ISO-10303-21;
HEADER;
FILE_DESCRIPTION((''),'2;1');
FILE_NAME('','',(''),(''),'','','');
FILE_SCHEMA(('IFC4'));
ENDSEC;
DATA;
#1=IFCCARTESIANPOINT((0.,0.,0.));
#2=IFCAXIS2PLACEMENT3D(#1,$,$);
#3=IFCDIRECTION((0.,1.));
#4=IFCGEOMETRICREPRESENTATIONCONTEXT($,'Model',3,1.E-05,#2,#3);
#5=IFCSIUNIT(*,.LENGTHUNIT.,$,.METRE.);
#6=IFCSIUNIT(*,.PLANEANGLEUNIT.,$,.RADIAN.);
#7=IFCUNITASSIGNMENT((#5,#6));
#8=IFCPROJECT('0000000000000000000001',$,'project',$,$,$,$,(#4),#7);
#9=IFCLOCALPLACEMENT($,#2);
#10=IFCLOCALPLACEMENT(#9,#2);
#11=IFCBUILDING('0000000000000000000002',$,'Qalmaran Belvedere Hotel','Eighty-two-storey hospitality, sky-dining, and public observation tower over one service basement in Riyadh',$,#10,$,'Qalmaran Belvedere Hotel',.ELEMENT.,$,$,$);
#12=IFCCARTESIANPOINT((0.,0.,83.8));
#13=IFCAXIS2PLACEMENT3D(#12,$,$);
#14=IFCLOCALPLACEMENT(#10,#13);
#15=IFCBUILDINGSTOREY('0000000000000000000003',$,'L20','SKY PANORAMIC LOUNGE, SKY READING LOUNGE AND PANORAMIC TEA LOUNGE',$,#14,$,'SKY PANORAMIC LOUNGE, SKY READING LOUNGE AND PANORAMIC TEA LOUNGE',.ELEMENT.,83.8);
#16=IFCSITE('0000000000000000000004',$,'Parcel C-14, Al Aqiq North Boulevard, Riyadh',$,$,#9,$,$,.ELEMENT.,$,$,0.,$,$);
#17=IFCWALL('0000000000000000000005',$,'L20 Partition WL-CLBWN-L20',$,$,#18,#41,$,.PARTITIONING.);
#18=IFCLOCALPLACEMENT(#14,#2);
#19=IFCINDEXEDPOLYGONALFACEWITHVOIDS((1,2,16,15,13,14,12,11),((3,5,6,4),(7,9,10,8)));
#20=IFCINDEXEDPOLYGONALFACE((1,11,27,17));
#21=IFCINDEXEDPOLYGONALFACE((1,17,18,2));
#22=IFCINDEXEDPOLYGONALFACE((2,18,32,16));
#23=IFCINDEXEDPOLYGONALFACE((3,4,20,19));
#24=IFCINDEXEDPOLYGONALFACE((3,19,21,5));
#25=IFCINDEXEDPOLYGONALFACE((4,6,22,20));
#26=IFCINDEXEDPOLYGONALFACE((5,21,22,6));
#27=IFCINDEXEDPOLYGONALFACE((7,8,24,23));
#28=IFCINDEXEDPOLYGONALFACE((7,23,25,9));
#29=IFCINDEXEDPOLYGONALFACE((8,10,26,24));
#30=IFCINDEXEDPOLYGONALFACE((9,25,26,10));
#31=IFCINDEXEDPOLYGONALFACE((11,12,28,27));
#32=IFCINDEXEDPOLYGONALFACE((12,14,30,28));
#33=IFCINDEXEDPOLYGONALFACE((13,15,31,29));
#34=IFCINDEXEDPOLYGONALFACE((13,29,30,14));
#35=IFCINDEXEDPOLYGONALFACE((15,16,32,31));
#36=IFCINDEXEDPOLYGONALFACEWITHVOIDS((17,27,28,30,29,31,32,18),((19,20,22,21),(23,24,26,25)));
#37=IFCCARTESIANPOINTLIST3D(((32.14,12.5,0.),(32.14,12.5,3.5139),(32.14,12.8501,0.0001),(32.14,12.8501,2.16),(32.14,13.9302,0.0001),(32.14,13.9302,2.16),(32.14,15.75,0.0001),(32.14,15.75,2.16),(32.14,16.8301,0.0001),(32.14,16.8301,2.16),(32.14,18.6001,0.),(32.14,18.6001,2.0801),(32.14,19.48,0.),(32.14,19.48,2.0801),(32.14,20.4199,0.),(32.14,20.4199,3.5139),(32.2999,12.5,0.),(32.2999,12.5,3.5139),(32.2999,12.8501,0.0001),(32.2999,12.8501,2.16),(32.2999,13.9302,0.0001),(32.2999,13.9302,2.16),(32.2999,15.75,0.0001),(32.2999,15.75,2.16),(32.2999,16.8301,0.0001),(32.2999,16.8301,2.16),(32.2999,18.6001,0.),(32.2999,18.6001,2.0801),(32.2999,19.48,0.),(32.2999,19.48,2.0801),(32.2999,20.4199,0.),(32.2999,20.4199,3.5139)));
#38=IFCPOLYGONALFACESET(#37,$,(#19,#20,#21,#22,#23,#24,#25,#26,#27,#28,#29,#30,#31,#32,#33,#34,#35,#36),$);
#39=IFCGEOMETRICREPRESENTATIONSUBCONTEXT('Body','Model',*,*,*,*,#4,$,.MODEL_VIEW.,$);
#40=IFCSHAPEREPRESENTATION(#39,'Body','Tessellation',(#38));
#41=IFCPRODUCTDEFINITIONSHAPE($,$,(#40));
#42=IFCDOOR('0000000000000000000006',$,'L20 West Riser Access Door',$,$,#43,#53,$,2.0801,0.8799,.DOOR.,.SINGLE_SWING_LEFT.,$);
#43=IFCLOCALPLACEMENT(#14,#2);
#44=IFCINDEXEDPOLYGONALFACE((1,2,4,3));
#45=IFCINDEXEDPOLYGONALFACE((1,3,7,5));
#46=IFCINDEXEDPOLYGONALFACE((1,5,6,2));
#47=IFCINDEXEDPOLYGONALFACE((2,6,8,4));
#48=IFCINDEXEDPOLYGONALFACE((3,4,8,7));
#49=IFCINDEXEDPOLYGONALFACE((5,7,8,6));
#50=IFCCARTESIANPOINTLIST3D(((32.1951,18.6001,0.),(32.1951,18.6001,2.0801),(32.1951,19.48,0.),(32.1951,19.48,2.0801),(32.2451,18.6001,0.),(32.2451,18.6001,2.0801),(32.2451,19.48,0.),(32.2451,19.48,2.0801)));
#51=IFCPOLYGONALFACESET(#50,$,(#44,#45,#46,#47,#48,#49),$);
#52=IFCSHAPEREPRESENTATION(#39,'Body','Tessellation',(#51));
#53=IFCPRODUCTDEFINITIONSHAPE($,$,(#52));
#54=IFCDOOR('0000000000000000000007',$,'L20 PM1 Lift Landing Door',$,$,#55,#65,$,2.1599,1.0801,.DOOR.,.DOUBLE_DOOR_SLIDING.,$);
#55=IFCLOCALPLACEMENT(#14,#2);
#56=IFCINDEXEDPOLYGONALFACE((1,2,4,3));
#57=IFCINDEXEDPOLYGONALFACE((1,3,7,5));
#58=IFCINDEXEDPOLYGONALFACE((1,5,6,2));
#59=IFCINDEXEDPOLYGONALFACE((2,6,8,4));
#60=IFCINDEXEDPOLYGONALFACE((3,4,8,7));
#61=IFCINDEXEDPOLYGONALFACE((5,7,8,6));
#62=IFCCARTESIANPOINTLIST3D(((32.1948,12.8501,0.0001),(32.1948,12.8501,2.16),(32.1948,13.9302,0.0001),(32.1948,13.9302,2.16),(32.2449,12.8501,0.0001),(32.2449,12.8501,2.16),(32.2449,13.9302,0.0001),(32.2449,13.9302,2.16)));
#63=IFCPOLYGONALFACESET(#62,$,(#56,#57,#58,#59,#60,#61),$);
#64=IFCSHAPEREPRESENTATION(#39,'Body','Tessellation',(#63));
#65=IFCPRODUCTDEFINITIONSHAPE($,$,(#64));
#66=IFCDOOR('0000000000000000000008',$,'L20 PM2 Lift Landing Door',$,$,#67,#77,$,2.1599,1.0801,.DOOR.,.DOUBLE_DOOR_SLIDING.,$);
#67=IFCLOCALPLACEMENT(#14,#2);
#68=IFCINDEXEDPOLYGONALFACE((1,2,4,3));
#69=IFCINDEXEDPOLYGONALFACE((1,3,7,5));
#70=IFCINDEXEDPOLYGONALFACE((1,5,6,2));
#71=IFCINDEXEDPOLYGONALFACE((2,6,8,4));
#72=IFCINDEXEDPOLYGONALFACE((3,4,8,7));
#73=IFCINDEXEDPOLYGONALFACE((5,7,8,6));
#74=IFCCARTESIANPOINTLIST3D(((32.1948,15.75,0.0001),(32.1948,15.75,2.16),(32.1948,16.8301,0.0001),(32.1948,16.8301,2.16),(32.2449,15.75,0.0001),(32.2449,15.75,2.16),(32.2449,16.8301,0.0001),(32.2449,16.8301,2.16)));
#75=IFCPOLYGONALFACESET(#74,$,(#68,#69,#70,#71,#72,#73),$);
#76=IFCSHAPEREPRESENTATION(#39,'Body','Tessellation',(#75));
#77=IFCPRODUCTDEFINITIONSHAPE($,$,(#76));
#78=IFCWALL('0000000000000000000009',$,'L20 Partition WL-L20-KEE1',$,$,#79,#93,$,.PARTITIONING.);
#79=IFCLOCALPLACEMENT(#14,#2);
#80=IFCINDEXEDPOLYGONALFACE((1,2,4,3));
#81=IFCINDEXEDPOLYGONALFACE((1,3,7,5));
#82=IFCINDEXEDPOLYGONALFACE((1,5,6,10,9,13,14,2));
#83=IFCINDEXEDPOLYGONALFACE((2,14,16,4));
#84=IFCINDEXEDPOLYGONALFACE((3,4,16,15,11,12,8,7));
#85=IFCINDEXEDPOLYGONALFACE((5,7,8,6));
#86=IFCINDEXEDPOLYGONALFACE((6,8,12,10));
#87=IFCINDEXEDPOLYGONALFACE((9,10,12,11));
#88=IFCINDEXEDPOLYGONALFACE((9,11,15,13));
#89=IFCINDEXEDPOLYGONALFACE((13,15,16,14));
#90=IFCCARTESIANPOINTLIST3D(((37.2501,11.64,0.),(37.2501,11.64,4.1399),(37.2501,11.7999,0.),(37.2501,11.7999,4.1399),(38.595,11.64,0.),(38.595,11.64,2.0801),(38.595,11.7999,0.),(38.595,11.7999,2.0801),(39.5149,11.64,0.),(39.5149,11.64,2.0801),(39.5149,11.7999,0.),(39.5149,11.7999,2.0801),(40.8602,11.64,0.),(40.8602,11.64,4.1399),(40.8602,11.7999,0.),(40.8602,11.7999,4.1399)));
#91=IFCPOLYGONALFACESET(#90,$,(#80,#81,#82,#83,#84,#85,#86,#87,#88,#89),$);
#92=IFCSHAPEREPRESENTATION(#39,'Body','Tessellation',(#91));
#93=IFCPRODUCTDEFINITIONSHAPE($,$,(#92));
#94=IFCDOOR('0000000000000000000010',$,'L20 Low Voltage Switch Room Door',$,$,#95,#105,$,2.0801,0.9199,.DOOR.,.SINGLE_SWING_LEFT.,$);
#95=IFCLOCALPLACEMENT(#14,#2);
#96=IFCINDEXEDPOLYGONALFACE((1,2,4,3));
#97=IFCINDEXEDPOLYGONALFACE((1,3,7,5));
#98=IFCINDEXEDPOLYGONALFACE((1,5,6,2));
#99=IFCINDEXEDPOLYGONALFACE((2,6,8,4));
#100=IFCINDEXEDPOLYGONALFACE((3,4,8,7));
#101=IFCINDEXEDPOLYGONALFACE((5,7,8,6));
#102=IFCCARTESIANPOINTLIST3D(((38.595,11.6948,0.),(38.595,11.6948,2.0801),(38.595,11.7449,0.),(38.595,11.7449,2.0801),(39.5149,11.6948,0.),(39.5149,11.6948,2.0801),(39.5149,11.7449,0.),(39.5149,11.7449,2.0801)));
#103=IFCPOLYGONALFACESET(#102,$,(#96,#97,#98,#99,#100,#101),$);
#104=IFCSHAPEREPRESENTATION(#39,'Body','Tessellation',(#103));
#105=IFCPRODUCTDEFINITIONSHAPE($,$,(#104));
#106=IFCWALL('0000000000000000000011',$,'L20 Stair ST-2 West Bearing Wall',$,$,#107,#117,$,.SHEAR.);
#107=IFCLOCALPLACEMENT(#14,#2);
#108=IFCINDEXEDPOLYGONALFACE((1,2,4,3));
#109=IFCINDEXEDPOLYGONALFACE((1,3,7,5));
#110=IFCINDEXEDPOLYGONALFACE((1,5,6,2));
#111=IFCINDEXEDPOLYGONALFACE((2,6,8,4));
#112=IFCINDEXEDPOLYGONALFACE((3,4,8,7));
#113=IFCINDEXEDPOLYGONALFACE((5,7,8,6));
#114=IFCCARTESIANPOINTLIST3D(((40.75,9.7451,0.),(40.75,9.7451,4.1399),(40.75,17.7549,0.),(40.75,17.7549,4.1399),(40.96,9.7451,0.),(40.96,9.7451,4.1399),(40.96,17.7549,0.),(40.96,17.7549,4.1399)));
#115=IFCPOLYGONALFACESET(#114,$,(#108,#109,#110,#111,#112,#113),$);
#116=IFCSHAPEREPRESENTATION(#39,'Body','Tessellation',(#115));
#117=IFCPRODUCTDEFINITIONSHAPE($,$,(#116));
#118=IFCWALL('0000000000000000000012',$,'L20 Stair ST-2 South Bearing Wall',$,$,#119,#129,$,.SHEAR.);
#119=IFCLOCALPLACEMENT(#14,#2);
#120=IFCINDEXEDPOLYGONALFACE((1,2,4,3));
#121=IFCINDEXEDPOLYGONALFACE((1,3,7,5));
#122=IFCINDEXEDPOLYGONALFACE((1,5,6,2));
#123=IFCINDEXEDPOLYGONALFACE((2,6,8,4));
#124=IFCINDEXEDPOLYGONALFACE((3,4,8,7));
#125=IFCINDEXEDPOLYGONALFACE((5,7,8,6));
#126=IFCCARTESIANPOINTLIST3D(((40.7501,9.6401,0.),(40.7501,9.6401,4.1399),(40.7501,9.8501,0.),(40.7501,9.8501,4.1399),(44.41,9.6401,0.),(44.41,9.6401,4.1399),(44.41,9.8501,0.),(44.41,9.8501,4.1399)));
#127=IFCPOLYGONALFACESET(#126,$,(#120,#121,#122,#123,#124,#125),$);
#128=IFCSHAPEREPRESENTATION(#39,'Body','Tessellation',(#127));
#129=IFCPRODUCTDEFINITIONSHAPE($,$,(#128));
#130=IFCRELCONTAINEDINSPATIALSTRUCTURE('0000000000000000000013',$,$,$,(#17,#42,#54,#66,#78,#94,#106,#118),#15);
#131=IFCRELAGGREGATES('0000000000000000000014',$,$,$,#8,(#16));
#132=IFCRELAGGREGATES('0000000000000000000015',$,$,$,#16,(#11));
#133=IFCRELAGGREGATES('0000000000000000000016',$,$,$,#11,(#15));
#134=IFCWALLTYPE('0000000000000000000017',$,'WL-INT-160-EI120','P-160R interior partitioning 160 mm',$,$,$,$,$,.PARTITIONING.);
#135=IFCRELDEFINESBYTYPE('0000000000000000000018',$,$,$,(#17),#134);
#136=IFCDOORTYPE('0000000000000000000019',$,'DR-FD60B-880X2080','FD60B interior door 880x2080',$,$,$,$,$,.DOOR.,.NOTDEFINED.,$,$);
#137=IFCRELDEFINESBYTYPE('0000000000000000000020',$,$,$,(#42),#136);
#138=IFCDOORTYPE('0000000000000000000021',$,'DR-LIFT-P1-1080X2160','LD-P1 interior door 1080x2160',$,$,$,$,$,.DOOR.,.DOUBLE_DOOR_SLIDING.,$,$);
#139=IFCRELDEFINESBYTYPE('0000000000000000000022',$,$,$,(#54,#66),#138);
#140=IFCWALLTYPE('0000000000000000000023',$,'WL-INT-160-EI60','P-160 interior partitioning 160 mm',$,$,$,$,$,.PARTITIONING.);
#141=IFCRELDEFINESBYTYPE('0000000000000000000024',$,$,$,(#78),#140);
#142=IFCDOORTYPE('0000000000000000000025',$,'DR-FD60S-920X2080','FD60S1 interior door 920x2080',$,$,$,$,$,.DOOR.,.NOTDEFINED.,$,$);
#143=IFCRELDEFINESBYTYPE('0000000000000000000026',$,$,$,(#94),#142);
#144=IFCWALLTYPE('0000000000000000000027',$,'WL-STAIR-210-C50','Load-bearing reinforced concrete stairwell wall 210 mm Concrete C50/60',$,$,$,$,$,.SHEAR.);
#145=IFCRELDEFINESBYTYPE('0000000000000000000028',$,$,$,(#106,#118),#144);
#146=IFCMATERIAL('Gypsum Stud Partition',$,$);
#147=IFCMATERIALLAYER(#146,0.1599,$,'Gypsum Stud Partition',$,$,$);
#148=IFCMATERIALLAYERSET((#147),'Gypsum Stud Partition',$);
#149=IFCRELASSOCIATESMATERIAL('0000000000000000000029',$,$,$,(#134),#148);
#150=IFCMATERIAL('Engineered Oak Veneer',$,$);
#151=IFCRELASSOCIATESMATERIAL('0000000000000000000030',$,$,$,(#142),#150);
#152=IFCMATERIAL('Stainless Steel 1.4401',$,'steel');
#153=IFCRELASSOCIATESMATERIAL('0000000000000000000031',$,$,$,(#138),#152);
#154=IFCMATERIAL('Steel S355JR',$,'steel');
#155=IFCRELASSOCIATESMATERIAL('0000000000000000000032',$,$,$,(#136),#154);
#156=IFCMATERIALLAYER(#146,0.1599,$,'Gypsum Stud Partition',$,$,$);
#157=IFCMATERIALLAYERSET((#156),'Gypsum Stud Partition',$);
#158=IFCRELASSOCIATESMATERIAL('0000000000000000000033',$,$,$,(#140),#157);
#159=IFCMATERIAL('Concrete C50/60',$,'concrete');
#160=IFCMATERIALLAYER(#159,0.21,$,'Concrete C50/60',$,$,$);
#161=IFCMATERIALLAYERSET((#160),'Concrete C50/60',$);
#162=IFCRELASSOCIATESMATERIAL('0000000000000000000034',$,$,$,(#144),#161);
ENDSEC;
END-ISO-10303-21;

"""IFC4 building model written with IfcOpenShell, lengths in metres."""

from ifc_helpers import new_model, si_unit, direction, frame, frame_2d, origin, place, context, subcontext, project, spatial, rectangle, extrude, material, layer, layer_set, type_object, element, fill, save


model = new_model("IFC4")

# Units and contexts
model_context = context("Model", 3, precision=1e-05, world=origin(), true_north=direction((0.0, 1.0)))
body_context = subcontext(model_context, "Body", "Model", "MODEL_VIEW")
ifc_project = project(units=[si_unit("LENGTHUNIT", "METRE"), si_unit("PLANEANGLEUNIT", "RADIAN")], contexts=[model_context])

# Site, building, storey
site_placement = place(None, origin())
site = spatial("IfcSite", under=ifc_project, at=site_placement, Name="Parcel C-14, Al Aqiq North Boulevard, Riyadh", CompositionType="ELEMENT", RefElevation=0.0)
building_placement = place(site_placement, origin())
building = spatial("IfcBuilding", under=site, at=building_placement, Name="Qalmaran Belvedere Hotel", Description="Eighty-two-storey hospitality, sky-dining, and public observation tower over one service basement in Riyadh", LongName="Qalmaran Belvedere Hotel", CompositionType="ELEMENT")
storey_placement = place(building_placement, frame((0.0, 0.0, 83.8)))
storey = spatial("IfcBuildingStorey", under=building, at=storey_placement, Name="L20", Description="SKY PANORAMIC LOUNGE, SKY READING LOUNGE AND PANORAMIC TEA LOUNGE", LongName="SKY PANORAMIC LOUNGE, SKY READING LOUNGE AND PANORAMIC TEA LOUNGE", CompositionType="ELEMENT", Elevation=83.8)

# Shared definitions
ifc_material_1 = material(Name="Steel S355JR", Category="steel")

# Shared definitions
ifc_material_2 = material(Name="Gypsum Stud Partition")
ifc_layer_1 = layer(ifc_material_2, 0.1599, Name="Gypsum Stud Partition")
ifc_layer_set_1 = layer_set([ifc_layer_1], Name="Gypsum Stud Partition")
wall_type_1 = type_object("IfcWallType", Name="WL-INT-160-EI120", Description="P-160R interior partitioning 160 mm", PredefinedType="PARTITIONING", material=ifc_layer_set_1)

# Shared definitions
ifc_material_3 = material(Name="Engineered Oak Veneer")
door_type_1 = type_object("IfcDoorType", Name="DR-FD60S-920X2080", Description="FD60S1 interior door 920x2080", OperationType="NOTDEFINED", PredefinedType="DOOR", material=ifc_material_3)

# Wall, openings, doors
ifc_material_4 = material(Name="Stainless Steel 1.4401", Category="steel")
door_type_2 = type_object("IfcDoorType", Name="DR-LIFT-P1-1080X2160", Description="LD-P1 interior door 1080x2160", OperationType="DOUBLE_DOOR_SLIDING", PredefinedType="DOOR", material=ifc_material_4)
wall_1_placement = place(storey_placement, frame((32.22, 12.5, 0.0), z_axis=(0.0, 0.0, 1.0), x_axis=(0.0, 1.0, 0.0)))
wall_1 = element("IfcWall", 1, at=wall_1_placement, inside=storey, type_object=wall_type_1, Name="L20 Partition WL-CLBWN-L20", PredefinedType="PARTITIONING", context=body_context, shape_type="SweptSolid", body=[
    extrude(rectangle(XDim=7.9199, YDim=0.1599, at=frame_2d((3.96, 0.0))), origin(), (0.0, 0.0, 1.0), 3.5139),
])
opening_1_placement = place(wall_1_placement, frame((1.4302, 0.0, 0.0), z_axis=(0.0, 0.0, 1.0), x_axis=(-1.0, 0.0, 0.0)))
opening_1 = element("IfcOpeningElement", 2, at=opening_1_placement, cuts=wall_1, PredefinedType="OPENING", context=body_context, shape_type="SweptSolid", body=[
    extrude(rectangle(XDim=1.0801, YDim=2.1599, at=frame_2d((0.54, 1.0801))), frame((0.0, 0.0898, 0.0), z_axis=(0.0, -1.0, 0.0), x_axis=(1.0, 0.0, 0.0)), (0.0, 0.0, 1.0), 0.1799),
])
opening_2_placement = place(wall_1_placement, frame((4.3301, 0.0, 0.0), z_axis=(0.0, 0.0, 1.0), x_axis=(-1.0, 0.0, 0.0)))
opening_2 = element("IfcOpeningElement", 3, at=opening_2_placement, cuts=wall_1, PredefinedType="OPENING", context=body_context, shape_type="SweptSolid", body=[
    extrude(rectangle(XDim=1.0801, YDim=2.1599, at=frame_2d((0.54, 1.0801))), frame((0.0, 0.0898, 0.0), z_axis=(0.0, -1.0, 0.0), x_axis=(1.0, 0.0, 0.0)), (0.0, 0.0, 1.0), 0.1799),
])
opening_3_placement = place(wall_1_placement, frame((6.1001, 0.0, 0.0)))
opening_3 = element("IfcOpeningElement", 4, at=opening_3_placement, cuts=wall_1, PredefinedType="OPENING", context=body_context, shape_type="SweptSolid", body=[
    extrude(rectangle(XDim=0.8799, YDim=2.0801, at=frame_2d((0.4399, 1.04))), frame((0.0, 0.0898, 0.0), z_axis=(0.0, -1.0, 0.0), x_axis=(1.0, 0.0, 0.0)), (0.0, 0.0, 1.0), 0.1799),
])
door_type_3 = type_object("IfcDoorType", Name="DR-FD60B-880X2080", Description="FD60B interior door 880x2080", OperationType="NOTDEFINED", PredefinedType="DOOR", material=ifc_material_1)
door_1_placement = place(opening_3_placement, origin())
door_1 = element("IfcDoor", 5, at=door_1_placement, inside=storey, type_object=door_type_3, Name="L20 West Riser Access Door", OperationType="SINGLE_SWING_LEFT", OverallHeight=2.0801, OverallWidth=0.8799, PredefinedType="DOOR", context=body_context, shape_type="SweptSolid", body=[
    extrude(rectangle(XDim=0.8799, YDim=2.0801, at=frame_2d((0.4399, 1.04))), frame((0.0, 0.0249, 0.0), z_axis=(0.0, -1.0, 0.0), x_axis=(1.0, 0.0, 0.0)), (0.0, 0.0, 1.0), 0.05),
])
fill(opening_3, door_1)
door_2_placement = place(opening_1_placement, origin())
door_2 = element("IfcDoor", 6, at=door_2_placement, inside=storey, type_object=door_type_2, Name="L20 PM1 Lift Landing Door", OperationType="DOUBLE_DOOR_SLIDING", OverallHeight=2.1599, OverallWidth=1.0801, PredefinedType="DOOR", context=body_context, shape_type="SweptSolid", body=[
    extrude(rectangle(XDim=1.0801, YDim=2.1599, at=frame_2d((0.54, 1.0801))), frame((0.0, 0.0249, 0.0), z_axis=(0.0, -1.0, 0.0), x_axis=(1.0, 0.0, 0.0)), (0.0, 0.0, 1.0), 0.05),
])
fill(opening_1, door_2)
door_3_placement = place(opening_2_placement, origin())
door_3 = element("IfcDoor", 7, at=door_3_placement, inside=storey, type_object=door_type_2, Name="L20 PM2 Lift Landing Door", OperationType="DOUBLE_DOOR_SLIDING", OverallHeight=2.1599, OverallWidth=1.0801, PredefinedType="DOOR", context=body_context, shape_type="SweptSolid", body=[
    extrude(rectangle(XDim=1.0801, YDim=2.1599, at=frame_2d((0.54, 1.0801))), frame((0.0, 0.0249, 0.0), z_axis=(0.0, -1.0, 0.0), x_axis=(1.0, 0.0, 0.0)), (0.0, 0.0, 1.0), 0.05),
])
fill(opening_2, door_3)

# Wall, opening, door
ifc_layer_2 = layer(ifc_material_2, 0.1599, Name="Gypsum Stud Partition")
ifc_layer_set_2 = layer_set([ifc_layer_2], Name="Gypsum Stud Partition")
wall_type_2 = type_object("IfcWallType", Name="WL-INT-160-EI60", Description="P-160 interior partitioning 160 mm", PredefinedType="PARTITIONING", material=ifc_layer_set_2)
wall_2_placement = place(storey_placement, frame((37.25, 11.72, 0.0), z_axis=(0.0, 0.0, 1.0), x_axis=(1.0, 0.0, 0.0)))
wall_2 = element("IfcWall", 8, at=wall_2_placement, inside=storey, type_object=wall_type_2, Name="L20 Partition WL-L20-KEE1", PredefinedType="PARTITIONING", context=body_context, shape_type="SweptSolid", body=[
    extrude(rectangle(XDim=3.6101, YDim=0.1599, at=frame_2d((1.8052, 0.0))), origin(), (0.0, 0.0, 1.0), 4.1399),
])
opening_4_placement = place(wall_2_placement, frame((1.345, 0.0, 0.0)))
opening_4 = element("IfcOpeningElement", 9, at=opening_4_placement, cuts=wall_2, PredefinedType="OPENING", context=body_context, shape_type="SweptSolid", body=[
    extrude(rectangle(XDim=0.9199, YDim=2.0801, at=frame_2d((0.46, 1.04))), frame((0.0, 0.0898, 0.0), z_axis=(0.0, -1.0, 0.0), x_axis=(1.0, 0.0, 0.0)), (0.0, 0.0, 1.0), 0.1799),
])
door_4_placement = place(opening_4_placement, origin())
door_4 = element("IfcDoor", 10, at=door_4_placement, inside=storey, type_object=door_type_1, Name="L20 Low Voltage Switch Room Door", OperationType="SINGLE_SWING_LEFT", OverallHeight=2.0801, OverallWidth=0.9199, PredefinedType="DOOR", context=body_context, shape_type="SweptSolid", body=[
    extrude(rectangle(XDim=0.9199, YDim=2.0801, at=frame_2d((0.46, 1.04))), frame((0.0, 0.0249, 0.0), z_axis=(0.0, -1.0, 0.0), x_axis=(1.0, 0.0, 0.0)), (0.0, 0.0, 1.0), 0.05),
])
fill(opening_4, door_4)

# Walls
ifc_material_5 = material(Name="Concrete C50/60", Category="concrete")
ifc_layer_3 = layer(ifc_material_5, 0.21, Name="Concrete C50/60")
ifc_layer_set_3 = layer_set([ifc_layer_3], Name="Concrete C50/60")
wall_type_3 = type_object("IfcWallType", Name="WL-STAIR-210-C50", Description="Load-bearing reinforced concrete stairwell wall 210 mm Concrete C50/60", PredefinedType="SHEAR", material=ifc_layer_set_3)
wall_3_placement = place(storey_placement, frame((40.855, 9.7451, 0.0), z_axis=(0.0, 0.0, 1.0), x_axis=(0.0, 1.0, 0.0)))
element("IfcWall", 11, at=wall_3_placement, inside=storey, type_object=wall_type_3, Name="L20 Stair ST-2 West Bearing Wall", PredefinedType="SHEAR", context=body_context, shape_type="SweptSolid", body=[
    extrude(rectangle(XDim=8.0098, YDim=0.21, at=frame_2d((4.0049, 0.0))), origin(), (0.0, 0.0, 1.0), 4.1399),
])
wall_4_placement = place(storey_placement, frame((40.75, 9.7451, 0.0), z_axis=(0.0, 0.0, 1.0), x_axis=(1.0, 0.0, 0.0)))
element("IfcWall", 12, at=wall_4_placement, inside=storey, type_object=wall_type_3, Name="L20 Stair ST-2 South Bearing Wall", PredefinedType="SHEAR", context=body_context, shape_type="SweptSolid", body=[
    extrude(rectangle(XDim=3.6599, YDim=0.21, at=frame_2d((1.8301, 0.0))), origin(), (0.0, 0.0, 1.0), 4.1399),
])

save(model, "model.ifc")
